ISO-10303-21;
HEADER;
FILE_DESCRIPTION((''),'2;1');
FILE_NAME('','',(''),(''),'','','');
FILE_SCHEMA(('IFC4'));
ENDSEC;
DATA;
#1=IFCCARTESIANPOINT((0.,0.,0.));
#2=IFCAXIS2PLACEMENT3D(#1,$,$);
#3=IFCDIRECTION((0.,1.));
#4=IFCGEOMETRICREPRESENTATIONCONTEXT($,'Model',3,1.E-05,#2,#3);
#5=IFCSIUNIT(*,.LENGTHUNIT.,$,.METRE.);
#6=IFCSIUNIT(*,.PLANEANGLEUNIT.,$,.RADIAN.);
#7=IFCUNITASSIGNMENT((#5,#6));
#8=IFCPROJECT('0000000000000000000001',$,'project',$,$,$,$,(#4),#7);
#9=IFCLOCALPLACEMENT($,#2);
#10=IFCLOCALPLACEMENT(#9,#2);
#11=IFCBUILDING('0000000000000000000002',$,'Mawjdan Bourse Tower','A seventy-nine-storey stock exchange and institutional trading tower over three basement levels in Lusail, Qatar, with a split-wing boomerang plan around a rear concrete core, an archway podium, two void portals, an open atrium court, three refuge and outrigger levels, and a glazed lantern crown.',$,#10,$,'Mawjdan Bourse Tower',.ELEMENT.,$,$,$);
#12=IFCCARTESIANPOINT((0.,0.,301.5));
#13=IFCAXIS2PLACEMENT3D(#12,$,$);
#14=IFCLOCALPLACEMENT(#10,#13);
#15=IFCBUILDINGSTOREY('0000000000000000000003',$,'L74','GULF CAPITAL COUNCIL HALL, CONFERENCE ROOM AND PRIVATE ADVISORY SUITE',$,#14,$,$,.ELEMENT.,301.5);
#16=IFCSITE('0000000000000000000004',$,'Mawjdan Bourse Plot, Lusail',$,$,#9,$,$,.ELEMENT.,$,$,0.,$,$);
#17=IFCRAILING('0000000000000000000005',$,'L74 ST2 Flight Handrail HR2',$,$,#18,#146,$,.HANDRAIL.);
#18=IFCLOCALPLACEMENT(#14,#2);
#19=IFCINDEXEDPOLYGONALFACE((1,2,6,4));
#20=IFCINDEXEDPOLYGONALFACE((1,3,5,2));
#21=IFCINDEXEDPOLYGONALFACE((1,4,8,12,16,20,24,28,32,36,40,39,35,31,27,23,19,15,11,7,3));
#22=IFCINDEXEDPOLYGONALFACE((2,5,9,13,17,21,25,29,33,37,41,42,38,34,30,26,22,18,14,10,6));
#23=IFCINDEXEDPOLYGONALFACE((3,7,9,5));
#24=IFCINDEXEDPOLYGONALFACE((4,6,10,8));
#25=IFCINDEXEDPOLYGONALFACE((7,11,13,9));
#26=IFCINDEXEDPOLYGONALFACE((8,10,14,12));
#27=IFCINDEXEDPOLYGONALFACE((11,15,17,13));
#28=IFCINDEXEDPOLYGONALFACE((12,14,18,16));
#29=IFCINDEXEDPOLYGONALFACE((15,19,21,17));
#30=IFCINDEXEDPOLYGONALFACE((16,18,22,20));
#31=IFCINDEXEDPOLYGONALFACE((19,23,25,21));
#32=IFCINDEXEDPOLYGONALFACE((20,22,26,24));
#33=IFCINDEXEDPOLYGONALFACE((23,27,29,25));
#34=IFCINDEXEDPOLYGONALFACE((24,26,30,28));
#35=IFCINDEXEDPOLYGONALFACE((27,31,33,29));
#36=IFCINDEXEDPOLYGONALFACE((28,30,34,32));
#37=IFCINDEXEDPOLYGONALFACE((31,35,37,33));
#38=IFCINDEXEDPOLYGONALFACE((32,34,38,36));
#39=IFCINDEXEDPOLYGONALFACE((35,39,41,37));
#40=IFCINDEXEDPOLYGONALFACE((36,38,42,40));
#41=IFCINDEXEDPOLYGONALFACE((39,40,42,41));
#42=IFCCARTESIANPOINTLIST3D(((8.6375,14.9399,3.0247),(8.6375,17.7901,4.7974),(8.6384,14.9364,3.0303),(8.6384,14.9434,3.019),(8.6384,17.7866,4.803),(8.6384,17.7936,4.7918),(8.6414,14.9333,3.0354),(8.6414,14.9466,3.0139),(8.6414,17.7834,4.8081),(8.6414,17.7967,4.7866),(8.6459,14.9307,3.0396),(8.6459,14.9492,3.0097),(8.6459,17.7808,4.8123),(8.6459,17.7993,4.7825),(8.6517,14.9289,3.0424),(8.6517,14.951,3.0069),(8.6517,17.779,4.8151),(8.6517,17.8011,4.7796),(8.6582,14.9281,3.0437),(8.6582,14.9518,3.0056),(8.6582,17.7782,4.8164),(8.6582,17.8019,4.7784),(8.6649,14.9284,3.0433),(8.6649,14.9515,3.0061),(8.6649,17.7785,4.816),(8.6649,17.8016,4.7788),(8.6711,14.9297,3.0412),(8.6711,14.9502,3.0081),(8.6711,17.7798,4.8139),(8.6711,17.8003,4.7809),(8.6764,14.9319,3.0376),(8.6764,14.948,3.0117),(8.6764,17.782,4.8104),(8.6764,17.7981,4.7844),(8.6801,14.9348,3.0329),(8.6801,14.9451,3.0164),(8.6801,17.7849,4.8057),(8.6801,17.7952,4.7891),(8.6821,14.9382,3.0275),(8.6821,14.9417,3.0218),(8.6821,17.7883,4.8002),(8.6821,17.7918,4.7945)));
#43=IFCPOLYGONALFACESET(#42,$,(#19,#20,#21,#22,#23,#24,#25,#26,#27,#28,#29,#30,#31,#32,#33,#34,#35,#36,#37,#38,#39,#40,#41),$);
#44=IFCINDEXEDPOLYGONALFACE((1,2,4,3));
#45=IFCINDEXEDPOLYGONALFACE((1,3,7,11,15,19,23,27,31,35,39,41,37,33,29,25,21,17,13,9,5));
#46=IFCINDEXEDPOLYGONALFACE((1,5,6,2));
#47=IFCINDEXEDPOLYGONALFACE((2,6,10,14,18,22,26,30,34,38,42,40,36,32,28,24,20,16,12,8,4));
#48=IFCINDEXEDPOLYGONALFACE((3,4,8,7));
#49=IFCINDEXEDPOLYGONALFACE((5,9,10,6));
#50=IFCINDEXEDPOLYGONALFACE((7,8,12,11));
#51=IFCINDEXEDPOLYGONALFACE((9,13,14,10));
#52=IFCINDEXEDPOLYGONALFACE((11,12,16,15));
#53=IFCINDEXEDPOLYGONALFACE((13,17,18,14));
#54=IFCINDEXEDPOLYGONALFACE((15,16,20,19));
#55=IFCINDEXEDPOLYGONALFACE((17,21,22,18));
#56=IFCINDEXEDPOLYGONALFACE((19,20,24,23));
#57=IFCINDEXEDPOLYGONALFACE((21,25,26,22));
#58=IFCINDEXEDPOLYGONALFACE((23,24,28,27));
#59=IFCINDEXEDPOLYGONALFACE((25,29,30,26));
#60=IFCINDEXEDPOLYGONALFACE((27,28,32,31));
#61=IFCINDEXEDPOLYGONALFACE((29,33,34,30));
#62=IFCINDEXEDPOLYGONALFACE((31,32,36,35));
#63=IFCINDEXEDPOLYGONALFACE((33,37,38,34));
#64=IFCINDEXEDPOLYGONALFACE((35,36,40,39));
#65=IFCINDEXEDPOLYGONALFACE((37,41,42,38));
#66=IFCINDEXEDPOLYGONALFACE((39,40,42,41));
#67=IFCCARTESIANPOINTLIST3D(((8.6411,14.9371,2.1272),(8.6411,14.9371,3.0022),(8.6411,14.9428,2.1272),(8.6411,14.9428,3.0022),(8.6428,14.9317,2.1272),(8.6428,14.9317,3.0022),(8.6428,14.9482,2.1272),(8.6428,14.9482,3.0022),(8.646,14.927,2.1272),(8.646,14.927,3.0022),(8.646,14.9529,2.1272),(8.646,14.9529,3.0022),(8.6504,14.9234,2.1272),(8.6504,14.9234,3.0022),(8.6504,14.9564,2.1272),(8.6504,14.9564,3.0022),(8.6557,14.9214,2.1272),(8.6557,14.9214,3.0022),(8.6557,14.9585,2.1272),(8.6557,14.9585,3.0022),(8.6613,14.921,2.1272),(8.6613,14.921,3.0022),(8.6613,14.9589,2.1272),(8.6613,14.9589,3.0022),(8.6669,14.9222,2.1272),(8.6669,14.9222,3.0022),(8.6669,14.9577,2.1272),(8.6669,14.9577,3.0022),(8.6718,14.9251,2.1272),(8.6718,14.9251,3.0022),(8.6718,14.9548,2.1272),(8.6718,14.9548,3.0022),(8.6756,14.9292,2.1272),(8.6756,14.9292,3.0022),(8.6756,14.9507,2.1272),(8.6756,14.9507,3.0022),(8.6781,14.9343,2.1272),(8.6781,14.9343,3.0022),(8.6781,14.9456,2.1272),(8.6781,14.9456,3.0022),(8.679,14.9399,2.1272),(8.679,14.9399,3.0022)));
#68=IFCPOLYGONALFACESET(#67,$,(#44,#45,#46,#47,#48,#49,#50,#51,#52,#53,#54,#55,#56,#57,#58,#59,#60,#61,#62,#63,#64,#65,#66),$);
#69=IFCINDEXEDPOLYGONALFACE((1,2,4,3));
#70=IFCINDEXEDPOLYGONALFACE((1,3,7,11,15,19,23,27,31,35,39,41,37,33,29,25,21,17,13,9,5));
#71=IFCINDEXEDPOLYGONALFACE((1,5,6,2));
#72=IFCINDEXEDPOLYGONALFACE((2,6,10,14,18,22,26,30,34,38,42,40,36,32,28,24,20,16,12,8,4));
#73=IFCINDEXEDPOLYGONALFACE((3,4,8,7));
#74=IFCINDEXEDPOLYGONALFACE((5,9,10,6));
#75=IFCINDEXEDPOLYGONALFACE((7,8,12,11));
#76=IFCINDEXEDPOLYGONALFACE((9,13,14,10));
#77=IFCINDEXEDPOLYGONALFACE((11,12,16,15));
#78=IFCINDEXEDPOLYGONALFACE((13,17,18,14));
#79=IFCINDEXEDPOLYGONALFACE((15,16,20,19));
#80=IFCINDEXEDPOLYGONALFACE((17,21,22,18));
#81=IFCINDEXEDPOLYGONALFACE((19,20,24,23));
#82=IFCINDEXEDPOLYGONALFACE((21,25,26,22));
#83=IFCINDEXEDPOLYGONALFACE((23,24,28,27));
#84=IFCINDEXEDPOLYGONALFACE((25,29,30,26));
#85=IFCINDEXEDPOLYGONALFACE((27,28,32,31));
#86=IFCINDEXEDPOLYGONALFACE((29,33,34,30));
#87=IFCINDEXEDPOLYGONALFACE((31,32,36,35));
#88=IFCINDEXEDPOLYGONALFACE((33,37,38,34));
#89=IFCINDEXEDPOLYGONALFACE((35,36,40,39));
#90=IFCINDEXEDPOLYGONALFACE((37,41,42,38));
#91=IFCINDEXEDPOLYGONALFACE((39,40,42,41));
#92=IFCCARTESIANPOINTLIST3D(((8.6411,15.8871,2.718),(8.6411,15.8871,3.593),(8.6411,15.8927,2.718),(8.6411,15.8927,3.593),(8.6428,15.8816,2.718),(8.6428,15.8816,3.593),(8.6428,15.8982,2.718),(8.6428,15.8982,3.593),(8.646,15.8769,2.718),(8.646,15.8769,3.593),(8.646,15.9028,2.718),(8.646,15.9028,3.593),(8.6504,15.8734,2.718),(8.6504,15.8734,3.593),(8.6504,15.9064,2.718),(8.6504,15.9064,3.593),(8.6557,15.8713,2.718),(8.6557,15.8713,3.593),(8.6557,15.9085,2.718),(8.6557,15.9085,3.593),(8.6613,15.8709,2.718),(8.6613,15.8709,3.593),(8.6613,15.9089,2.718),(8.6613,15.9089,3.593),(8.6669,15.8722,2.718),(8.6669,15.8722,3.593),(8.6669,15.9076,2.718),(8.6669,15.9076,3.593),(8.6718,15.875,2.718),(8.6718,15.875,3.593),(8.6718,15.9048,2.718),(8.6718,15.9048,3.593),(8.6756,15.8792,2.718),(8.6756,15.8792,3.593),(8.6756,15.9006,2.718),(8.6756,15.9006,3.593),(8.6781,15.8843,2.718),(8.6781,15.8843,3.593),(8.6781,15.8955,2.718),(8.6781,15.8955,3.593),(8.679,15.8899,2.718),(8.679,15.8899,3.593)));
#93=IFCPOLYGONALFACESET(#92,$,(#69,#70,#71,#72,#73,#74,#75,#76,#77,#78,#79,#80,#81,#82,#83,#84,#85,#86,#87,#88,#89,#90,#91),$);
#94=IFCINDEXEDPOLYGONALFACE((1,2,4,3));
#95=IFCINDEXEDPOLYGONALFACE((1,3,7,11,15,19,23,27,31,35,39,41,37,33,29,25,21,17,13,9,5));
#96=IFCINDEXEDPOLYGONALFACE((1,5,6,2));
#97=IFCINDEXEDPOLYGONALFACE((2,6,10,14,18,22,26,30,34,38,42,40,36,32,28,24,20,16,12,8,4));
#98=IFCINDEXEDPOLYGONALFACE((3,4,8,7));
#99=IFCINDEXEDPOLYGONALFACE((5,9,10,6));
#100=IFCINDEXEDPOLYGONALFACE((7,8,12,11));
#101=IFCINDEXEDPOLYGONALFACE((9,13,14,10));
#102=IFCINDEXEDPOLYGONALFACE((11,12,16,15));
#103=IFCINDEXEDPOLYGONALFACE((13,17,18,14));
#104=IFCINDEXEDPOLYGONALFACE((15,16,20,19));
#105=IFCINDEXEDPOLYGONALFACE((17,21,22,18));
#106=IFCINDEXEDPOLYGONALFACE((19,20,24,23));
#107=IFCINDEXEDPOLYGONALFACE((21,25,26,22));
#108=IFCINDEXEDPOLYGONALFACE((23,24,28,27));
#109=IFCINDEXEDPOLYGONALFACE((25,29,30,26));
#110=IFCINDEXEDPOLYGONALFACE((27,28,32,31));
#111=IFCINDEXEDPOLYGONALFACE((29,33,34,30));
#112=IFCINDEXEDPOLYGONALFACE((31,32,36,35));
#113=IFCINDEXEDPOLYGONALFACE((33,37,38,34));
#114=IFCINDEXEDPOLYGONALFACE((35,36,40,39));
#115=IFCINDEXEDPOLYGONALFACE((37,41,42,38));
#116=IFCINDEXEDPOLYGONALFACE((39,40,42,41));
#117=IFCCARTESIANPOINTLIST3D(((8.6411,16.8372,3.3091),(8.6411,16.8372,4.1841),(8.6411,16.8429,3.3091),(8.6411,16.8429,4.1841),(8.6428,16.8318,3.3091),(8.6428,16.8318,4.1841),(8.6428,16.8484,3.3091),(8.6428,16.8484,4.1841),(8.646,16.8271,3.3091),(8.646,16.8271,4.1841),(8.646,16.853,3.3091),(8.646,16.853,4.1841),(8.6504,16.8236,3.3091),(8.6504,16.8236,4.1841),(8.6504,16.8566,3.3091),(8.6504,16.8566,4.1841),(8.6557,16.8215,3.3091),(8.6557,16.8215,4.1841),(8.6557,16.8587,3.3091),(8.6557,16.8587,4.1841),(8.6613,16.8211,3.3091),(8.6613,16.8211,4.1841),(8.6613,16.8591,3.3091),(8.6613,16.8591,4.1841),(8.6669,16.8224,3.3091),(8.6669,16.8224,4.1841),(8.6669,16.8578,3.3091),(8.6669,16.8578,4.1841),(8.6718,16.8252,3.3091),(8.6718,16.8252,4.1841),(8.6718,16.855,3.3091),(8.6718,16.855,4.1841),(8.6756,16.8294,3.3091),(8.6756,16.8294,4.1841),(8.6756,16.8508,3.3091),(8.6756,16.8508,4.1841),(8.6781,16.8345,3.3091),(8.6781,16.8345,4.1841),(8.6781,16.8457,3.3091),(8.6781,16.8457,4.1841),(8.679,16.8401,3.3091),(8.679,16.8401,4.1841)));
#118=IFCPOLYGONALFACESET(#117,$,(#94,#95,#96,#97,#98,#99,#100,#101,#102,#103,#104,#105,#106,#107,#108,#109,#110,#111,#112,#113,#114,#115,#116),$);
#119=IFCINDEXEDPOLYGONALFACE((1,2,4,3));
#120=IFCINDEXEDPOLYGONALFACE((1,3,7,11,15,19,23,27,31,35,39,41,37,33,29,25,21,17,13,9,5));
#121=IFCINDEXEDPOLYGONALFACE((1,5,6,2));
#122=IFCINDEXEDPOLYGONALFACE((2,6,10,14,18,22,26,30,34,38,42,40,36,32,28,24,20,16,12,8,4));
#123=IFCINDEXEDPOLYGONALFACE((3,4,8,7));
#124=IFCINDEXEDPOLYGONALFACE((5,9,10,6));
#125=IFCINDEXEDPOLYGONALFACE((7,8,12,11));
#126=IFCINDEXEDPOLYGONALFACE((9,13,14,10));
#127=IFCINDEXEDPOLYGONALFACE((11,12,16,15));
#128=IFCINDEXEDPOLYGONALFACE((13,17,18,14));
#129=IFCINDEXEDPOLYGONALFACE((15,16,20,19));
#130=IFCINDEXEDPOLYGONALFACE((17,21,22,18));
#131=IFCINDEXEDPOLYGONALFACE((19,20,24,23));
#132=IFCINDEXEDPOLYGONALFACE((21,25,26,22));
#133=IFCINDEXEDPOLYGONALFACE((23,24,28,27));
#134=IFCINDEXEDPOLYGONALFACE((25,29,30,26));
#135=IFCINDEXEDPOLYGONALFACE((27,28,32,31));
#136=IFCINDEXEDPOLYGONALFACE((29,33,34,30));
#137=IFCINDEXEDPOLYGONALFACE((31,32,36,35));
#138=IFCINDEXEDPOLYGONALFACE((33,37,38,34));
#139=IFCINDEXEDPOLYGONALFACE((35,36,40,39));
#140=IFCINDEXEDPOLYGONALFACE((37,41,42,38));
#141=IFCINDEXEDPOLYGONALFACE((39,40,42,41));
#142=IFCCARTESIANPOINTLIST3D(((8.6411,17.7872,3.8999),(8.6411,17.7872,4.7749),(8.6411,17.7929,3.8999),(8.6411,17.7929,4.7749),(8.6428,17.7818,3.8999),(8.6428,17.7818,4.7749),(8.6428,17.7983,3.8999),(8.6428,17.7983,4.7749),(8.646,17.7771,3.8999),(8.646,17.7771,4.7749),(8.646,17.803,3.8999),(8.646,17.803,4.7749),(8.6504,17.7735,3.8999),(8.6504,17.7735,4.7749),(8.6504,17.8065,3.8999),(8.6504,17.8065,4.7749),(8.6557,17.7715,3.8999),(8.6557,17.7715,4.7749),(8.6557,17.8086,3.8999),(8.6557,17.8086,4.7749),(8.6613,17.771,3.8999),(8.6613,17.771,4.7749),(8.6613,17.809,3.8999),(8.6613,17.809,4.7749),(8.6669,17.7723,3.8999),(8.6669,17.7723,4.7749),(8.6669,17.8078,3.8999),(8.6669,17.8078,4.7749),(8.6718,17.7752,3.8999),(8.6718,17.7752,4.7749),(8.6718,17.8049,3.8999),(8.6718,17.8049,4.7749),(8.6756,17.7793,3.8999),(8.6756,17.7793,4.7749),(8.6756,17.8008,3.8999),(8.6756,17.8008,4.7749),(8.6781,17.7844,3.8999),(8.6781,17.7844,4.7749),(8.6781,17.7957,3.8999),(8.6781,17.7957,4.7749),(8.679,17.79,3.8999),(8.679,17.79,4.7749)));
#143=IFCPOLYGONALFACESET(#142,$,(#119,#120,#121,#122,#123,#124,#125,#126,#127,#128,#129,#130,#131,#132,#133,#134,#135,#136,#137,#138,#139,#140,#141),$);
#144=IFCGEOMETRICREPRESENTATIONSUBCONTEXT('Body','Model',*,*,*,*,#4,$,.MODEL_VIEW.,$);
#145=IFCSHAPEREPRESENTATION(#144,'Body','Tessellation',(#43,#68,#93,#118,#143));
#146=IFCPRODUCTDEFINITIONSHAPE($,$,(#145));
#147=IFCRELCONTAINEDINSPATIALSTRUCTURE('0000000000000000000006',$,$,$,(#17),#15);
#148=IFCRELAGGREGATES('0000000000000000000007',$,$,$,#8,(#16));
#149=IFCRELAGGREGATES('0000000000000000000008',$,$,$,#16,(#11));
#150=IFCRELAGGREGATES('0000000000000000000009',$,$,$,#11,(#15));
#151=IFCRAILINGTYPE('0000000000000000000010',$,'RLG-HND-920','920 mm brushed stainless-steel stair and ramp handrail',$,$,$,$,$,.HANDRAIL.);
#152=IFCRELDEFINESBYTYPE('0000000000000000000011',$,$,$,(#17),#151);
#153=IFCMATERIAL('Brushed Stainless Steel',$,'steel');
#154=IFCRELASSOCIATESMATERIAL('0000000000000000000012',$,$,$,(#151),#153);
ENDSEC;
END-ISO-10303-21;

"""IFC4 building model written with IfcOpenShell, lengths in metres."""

from ifc_helpers import new_model, si_unit, direction, frame, origin, origin_2d, place, context, subcontext, project, spatial, circle, extrude, material, type_object, element, save


model = new_model("IFC4")

# Units and contexts
model_context = context("Model", 3, precision=1e-05, world=origin(), true_north=direction((0.0, 1.0)))
body_context = subcontext(model_context, "Body", "Model", "MODEL_VIEW")
ifc_project = project(units=[si_unit("LENGTHUNIT", "METRE"), si_unit("PLANEANGLEUNIT", "RADIAN")], contexts=[model_context])

# Site, building, storey
site_placement = place(None, origin())
site = spatial("IfcSite", under=ifc_project, at=site_placement, Name="Mawjdan Bourse Plot, Lusail", CompositionType="ELEMENT", RefElevation=0.0)
building_placement = place(site_placement, origin())
building = spatial("IfcBuilding", under=site, at=building_placement, Name="Mawjdan Bourse Tower", Description="A seventy-nine-storey stock exchange and institutional trading tower over three basement levels in Lusail, Qatar, with a split-wing boomerang plan around a rear concrete core, an archway podium, two void portals, an open atrium court, three refuge and outrigger levels, and a glazed lantern crown.", LongName="Mawjdan Bourse Tower", CompositionType="ELEMENT")
storey_placement = place(building_placement, frame((0.0, 0.0, 301.5)))
storey = spatial("IfcBuildingStorey", under=building, at=storey_placement, Name="L74", Description="GULF CAPITAL COUNCIL HALL, CONFERENCE ROOM AND PRIVATE ADVISORY SUITE", CompositionType="ELEMENT", Elevation=301.5)

# Railing
ifc_material_1 = material(Name="Brushed Stainless Steel", Category="steel")
railing_type_1 = type_object("IfcRailingType", Name="RLG-HND-920", Description="920 mm brushed stainless-steel stair and ramp handrail", PredefinedType="HANDRAIL", material=ifc_material_1)
railing_1_placement = place(storey_placement, frame((8.6599, 14.9399, 2.1272)))
element("IfcRailing", 1, at=railing_1_placement, inside=storey, type_object=railing_type_1, Name="L74 ST2 Flight Handrail HR2", PredefinedType="HANDRAIL", context=body_context, shape_type="SweptSolid", body=[
    extrude(circle(Radius=0.0225, at=origin_2d()), frame((0.0, 0.0, 0.8975), z_axis=(0.0, 0.849149, 0.528154), x_axis=(-1.0, 0.0, 0.0)), (0.0, 0.0, 1.0), 3.3564),
    extrude(circle(Radius=0.019, at=origin_2d()), origin(), (0.0, 0.0, 1.0), 0.875),
    extrude(circle(Radius=0.019, at=origin_2d()), frame((0.0, 0.95, 0.5908)), (0.0, 0.0, 1.0), 0.875),
    extrude(circle(Radius=0.019, at=origin_2d()), frame((0.0, 1.9001, 1.1819)), (0.0, 0.0, 1.0), 0.875),
    extrude(circle(Radius=0.019, at=origin_2d()), frame((0.0, 2.8501, 1.7727)), (0.0, 0.0, 1.0), 0.875),
])

save(model, "model.ifc")
